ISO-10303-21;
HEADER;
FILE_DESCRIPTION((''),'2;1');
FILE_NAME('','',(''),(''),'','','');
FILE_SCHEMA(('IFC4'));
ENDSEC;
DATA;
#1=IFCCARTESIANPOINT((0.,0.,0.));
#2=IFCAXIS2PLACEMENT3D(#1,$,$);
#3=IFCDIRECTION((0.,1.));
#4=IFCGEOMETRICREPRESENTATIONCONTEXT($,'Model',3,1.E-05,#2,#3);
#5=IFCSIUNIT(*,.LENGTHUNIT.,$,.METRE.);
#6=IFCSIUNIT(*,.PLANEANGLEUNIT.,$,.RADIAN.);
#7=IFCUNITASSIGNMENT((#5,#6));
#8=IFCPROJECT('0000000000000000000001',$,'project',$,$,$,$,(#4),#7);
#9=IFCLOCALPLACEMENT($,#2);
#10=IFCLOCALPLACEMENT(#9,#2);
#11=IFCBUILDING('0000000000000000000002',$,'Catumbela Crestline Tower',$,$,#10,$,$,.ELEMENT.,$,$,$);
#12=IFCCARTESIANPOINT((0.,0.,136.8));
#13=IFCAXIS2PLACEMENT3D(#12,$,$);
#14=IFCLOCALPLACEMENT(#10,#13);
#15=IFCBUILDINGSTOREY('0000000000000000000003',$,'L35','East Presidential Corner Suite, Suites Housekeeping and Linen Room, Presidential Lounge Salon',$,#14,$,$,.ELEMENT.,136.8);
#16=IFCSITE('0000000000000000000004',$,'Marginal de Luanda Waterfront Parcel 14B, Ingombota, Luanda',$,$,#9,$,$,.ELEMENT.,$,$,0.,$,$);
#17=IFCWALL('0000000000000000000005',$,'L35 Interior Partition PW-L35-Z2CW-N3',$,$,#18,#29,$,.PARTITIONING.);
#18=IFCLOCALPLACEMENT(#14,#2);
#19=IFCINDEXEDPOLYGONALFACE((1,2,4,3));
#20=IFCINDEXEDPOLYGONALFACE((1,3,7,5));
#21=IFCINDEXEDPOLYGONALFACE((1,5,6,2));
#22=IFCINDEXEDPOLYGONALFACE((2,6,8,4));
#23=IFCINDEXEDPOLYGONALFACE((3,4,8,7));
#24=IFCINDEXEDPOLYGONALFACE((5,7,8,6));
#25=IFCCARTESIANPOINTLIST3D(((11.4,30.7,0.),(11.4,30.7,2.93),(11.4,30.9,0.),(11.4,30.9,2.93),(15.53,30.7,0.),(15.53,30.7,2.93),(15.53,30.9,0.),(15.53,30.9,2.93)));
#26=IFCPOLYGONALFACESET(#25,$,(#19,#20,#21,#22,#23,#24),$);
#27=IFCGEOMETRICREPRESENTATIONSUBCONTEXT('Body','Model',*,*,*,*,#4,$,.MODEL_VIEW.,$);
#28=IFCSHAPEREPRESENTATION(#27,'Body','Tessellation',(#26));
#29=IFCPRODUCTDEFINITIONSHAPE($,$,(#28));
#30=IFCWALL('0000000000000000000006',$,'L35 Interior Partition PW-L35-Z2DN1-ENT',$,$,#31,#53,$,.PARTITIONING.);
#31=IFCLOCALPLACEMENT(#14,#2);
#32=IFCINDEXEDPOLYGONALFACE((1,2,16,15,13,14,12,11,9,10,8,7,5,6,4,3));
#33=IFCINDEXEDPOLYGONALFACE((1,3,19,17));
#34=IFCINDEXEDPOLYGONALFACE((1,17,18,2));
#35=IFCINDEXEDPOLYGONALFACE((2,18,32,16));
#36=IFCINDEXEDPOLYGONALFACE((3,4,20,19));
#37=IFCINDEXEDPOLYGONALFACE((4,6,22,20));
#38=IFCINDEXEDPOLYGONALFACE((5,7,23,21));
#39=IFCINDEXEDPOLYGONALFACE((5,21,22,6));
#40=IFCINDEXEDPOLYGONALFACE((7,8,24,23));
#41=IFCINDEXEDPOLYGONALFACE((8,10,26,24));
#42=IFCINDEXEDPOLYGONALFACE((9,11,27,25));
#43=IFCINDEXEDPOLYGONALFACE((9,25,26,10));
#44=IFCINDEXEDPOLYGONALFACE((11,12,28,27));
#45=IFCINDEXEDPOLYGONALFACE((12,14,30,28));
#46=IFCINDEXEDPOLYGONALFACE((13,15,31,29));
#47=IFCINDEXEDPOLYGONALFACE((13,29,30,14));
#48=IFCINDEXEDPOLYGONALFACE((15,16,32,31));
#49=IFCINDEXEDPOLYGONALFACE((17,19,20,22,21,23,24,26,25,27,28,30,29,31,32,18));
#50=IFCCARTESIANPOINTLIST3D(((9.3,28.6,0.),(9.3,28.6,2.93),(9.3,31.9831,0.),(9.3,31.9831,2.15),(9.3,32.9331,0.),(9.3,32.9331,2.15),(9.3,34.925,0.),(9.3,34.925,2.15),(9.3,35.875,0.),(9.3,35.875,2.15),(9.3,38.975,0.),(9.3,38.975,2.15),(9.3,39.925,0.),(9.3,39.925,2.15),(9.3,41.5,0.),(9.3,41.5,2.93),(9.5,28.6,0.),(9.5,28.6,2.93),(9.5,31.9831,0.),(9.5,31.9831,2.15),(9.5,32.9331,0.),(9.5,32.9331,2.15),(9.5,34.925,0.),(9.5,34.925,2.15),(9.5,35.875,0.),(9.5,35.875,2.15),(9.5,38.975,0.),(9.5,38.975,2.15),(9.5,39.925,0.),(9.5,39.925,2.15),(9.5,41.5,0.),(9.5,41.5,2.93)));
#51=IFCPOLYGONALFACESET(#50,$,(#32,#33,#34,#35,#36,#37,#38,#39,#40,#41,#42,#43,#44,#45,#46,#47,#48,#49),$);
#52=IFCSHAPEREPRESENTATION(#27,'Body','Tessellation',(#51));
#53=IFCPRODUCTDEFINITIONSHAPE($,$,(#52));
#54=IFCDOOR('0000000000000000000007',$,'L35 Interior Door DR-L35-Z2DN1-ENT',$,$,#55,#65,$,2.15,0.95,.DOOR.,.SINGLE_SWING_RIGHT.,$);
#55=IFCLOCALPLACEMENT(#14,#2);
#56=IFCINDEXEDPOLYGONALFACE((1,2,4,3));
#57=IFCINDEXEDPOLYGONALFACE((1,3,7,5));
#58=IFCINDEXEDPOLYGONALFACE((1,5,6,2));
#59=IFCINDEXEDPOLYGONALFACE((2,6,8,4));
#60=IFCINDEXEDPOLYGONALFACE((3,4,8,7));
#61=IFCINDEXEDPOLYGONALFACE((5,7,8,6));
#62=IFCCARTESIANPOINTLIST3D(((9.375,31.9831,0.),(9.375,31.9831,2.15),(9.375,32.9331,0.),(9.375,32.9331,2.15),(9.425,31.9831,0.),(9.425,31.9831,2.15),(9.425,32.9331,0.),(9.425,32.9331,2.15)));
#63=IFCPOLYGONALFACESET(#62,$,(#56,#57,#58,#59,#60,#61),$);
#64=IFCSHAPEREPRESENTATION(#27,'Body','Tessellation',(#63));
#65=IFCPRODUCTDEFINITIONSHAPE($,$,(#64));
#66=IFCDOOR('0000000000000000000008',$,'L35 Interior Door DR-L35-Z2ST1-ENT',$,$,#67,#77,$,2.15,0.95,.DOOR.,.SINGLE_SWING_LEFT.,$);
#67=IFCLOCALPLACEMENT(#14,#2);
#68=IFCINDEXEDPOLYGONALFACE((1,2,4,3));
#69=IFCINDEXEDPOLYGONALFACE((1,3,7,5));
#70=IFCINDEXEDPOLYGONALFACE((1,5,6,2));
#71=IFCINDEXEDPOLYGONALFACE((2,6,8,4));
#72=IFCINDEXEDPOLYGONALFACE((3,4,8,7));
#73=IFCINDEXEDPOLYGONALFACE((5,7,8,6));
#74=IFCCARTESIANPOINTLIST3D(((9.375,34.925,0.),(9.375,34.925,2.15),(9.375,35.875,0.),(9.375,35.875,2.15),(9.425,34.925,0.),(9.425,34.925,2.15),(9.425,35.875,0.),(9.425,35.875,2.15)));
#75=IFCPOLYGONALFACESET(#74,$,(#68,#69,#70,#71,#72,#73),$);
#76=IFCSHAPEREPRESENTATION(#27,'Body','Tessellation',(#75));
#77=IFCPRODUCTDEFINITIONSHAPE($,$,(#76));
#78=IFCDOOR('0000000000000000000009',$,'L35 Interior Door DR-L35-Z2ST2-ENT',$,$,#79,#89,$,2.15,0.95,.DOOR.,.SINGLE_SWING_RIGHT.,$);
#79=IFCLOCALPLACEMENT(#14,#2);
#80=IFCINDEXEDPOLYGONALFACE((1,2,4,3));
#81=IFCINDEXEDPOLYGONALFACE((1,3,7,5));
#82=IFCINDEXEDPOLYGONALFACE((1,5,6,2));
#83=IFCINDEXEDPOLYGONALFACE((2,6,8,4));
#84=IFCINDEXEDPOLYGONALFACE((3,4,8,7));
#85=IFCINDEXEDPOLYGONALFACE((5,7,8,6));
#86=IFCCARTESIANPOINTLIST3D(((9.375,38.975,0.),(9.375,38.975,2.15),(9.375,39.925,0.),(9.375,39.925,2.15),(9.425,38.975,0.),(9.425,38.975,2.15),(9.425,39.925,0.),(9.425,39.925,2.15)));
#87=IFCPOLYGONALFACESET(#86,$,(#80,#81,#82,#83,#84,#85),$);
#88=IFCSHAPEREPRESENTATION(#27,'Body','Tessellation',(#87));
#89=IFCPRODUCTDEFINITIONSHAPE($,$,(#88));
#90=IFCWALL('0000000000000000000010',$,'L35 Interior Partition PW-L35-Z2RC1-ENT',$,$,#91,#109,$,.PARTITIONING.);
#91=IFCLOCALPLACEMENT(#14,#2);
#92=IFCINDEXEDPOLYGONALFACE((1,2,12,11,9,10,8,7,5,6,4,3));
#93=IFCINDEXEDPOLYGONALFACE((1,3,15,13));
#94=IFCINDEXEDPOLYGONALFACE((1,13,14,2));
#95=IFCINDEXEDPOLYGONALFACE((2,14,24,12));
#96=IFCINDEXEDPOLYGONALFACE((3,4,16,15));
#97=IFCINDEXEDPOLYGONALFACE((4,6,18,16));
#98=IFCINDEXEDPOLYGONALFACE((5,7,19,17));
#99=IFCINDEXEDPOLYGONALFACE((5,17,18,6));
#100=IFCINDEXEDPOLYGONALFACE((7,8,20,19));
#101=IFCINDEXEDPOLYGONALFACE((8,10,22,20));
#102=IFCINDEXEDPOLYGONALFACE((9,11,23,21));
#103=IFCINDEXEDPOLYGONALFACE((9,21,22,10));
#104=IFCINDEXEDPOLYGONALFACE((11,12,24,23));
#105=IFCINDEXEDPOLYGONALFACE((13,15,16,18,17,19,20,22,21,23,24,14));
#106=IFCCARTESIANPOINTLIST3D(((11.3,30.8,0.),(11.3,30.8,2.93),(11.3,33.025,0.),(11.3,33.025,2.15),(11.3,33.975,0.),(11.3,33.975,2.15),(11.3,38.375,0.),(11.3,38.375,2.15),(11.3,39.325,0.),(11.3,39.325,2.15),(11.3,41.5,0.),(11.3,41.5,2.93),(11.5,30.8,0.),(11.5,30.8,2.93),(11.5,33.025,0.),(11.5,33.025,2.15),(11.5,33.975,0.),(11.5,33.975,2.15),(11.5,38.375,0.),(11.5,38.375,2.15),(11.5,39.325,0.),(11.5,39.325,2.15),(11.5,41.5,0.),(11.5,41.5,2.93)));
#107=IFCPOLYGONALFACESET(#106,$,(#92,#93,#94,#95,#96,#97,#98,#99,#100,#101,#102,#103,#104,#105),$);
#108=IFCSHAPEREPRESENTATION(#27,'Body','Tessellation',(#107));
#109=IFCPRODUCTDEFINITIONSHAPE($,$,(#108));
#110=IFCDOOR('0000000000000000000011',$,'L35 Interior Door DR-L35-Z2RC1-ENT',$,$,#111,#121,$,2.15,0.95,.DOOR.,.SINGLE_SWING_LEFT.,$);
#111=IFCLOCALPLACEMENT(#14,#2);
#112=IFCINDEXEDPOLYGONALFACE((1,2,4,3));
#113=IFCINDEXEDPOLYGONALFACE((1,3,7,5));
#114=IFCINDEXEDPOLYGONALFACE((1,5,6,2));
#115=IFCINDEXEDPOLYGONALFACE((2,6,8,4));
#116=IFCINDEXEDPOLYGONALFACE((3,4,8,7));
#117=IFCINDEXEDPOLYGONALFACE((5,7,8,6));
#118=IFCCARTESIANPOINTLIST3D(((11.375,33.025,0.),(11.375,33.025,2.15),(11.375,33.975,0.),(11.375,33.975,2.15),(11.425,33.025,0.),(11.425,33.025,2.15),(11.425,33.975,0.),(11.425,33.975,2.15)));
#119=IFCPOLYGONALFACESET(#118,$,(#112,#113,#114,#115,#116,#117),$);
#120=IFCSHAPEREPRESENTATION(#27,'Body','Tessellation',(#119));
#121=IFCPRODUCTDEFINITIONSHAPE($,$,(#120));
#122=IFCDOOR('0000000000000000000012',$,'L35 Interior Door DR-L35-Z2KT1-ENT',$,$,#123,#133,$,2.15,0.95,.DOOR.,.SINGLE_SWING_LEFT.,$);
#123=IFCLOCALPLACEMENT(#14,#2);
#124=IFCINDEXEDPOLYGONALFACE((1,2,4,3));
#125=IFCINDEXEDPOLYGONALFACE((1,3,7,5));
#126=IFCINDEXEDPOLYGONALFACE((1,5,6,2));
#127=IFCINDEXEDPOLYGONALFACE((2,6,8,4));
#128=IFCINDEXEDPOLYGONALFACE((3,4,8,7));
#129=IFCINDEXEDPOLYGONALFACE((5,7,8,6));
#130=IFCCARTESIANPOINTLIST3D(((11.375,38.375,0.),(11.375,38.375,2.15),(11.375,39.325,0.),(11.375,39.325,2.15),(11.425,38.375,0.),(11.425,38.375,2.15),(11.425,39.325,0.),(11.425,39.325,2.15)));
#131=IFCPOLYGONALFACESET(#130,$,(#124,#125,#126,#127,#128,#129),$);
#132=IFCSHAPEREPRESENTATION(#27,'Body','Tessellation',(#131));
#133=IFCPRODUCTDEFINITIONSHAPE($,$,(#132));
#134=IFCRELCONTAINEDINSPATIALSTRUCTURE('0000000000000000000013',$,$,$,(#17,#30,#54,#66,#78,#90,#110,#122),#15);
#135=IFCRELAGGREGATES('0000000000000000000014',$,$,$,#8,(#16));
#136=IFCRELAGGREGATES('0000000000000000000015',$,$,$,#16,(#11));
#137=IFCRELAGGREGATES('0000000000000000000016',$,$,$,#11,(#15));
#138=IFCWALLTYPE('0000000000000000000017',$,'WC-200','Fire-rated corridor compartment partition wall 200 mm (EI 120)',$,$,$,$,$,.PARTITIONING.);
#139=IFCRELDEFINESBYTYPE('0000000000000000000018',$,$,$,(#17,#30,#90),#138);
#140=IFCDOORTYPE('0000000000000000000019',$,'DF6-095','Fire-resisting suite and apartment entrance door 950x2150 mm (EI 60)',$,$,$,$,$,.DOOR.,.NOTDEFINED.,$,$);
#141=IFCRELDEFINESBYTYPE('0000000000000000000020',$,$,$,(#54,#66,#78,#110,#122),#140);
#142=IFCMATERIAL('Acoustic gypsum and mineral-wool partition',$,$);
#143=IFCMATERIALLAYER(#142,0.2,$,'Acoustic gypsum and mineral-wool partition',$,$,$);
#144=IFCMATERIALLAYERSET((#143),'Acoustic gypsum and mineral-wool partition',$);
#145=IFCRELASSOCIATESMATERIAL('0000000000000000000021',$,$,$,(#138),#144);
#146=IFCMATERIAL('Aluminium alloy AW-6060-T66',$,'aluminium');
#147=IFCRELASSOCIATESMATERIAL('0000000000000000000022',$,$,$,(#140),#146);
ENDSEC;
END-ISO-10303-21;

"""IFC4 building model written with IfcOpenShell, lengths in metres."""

from ifc_helpers import new_model, si_unit, direction, frame, frame_2d, origin, place, context, subcontext, project, spatial, rectangle, extrude, material, layer, layer_set, type_object, element, fill, save


model = new_model("IFC4")

# Units and contexts
model_context = context("Model", 3, precision=1e-05, world=origin(), true_north=direction((0.0, 1.0)))
body_context = subcontext(model_context, "Body", "Model", "MODEL_VIEW")
ifc_project = project(units=[si_unit("LENGTHUNIT", "METRE"), si_unit("PLANEANGLEUNIT", "RADIAN")], contexts=[model_context])

# Site, building, storey
site_placement = place(None, origin())
site = spatial("IfcSite", under=ifc_project, at=site_placement, Name="Marginal de Luanda Waterfront Parcel 14B, Ingombota, Luanda", CompositionType="ELEMENT", RefElevation=0.0)
building_placement = place(site_placement, origin())
building = spatial("IfcBuilding", under=site, at=building_placement, Name="Catumbela Crestline Tower", CompositionType="ELEMENT")
storey_placement = place(building_placement, frame((0.0, 0.0, 136.8)))
storey = spatial("IfcBuildingStorey", under=building, at=storey_placement, Name="L35", Description="East Presidential Corner Suite, Suites Housekeeping and Linen Room, Presidential Lounge Salon", CompositionType="ELEMENT", Elevation=136.8)

# Shared definitions
ifc_material_1 = material(Name="Acoustic gypsum and mineral-wool partition")
ifc_layer_1 = layer(ifc_material_1, 0.2, Name="Acoustic gypsum and mineral-wool partition")
ifc_layer_set_1 = layer_set([ifc_layer_1], Name="Acoustic gypsum and mineral-wool partition")
wall_type_1 = type_object("IfcWallType", Name="WC-200", Description="Fire-rated corridor compartment partition wall 200 mm (EI 120)", PredefinedType="PARTITIONING", material=ifc_layer_set_1)
ifc_material_2 = material(Name="Aluminium alloy AW-6060-T66", Category="aluminium")
door_type_1 = type_object("IfcDoorType", Name="DF6-095", Description="Fire-resisting suite and apartment entrance door 950x2150 mm (EI 60)", OperationType="NOTDEFINED", PredefinedType="DOOR", material=ifc_material_2)

# Wall
wall_1_placement = place(storey_placement, frame((11.4, 30.8, 0.0), z_axis=(0.0, 0.0, 1.0), x_axis=(1.0, 0.0, 0.0)))
element("IfcWall", 1, at=wall_1_placement, inside=storey, type_object=wall_type_1, Name="L35 Interior Partition PW-L35-Z2CW-N3", PredefinedType="PARTITIONING", context=body_context, shape_type="SweptSolid", body=[
    extrude(rectangle(XDim=4.13, YDim=0.2, at=frame_2d((2.065, 0.0))), origin(), (0.0, 0.0, 1.0), 2.93),
])

# Walls, openings, doors
wall_2_placement = place(storey_placement, frame((9.4, 28.6, 0.0), z_axis=(0.0, 0.0, 1.0), x_axis=(0.0, 1.0, 0.0)))
wall_2 = element("IfcWall", 2, at=wall_2_placement, inside=storey, type_object=wall_type_1, Name="L35 Interior Partition PW-L35-Z2DN1-ENT", PredefinedType="PARTITIONING", context=body_context, shape_type="SweptSolid", body=[
    extrude(rectangle(XDim=12.9, YDim=0.2, at=frame_2d((6.45, 0.0))), origin(), (0.0, 0.0, 1.0), 2.93),
])
opening_1_placement = place(wall_2_placement, frame((3.3831, 0.0, 0.0)))
opening_1 = element("IfcOpeningElement", 3, at=opening_1_placement, cuts=wall_2, PredefinedType="OPENING", context=body_context, shape_type="SweptSolid", body=[
    extrude(rectangle(XDim=0.95, YDim=2.15, at=frame_2d((0.475, 1.075))), frame((0.0, 0.11, 0.0), z_axis=(0.0, -1.0, 0.0), x_axis=(1.0, 0.0, 0.0)), (0.0, 0.0, 1.0), 0.22),
])
opening_2_placement = place(wall_2_placement, frame((6.325, 0.0, 0.0)))
opening_2 = element("IfcOpeningElement", 4, at=opening_2_placement, cuts=wall_2, PredefinedType="OPENING", context=body_context, shape_type="SweptSolid", body=[
    extrude(rectangle(XDim=0.95, YDim=2.15, at=frame_2d((0.475, 1.075))), frame((0.0, 0.11, 0.0), z_axis=(0.0, -1.0, 0.0), x_axis=(1.0, 0.0, 0.0)), (0.0, 0.0, 1.0), 0.22),
])
opening_3_placement = place(wall_2_placement, frame((10.375, 0.0, 0.0)))
opening_3 = element("IfcOpeningElement", 5, at=opening_3_placement, cuts=wall_2, PredefinedType="OPENING", context=body_context, shape_type="SweptSolid", body=[
    extrude(rectangle(XDim=0.95, YDim=2.15, at=frame_2d((0.475, 1.075))), frame((0.0, 0.11, 0.0), z_axis=(0.0, -1.0, 0.0), x_axis=(1.0, 0.0, 0.0)), (0.0, 0.0, 1.0), 0.22),
])
door_1_placement = place(opening_1_placement, origin())
door_1 = element("IfcDoor", 6, at=door_1_placement, inside=storey, type_object=door_type_1, Name="L35 Interior Door DR-L35-Z2DN1-ENT", OperationType="SINGLE_SWING_RIGHT", OverallHeight=2.15, OverallWidth=0.95, PredefinedType="DOOR", context=body_context, shape_type="SweptSolid", body=[
    extrude(rectangle(XDim=0.95, YDim=2.15, at=frame_2d((0.475, 1.075))), frame((0.0, 0.025, 0.0), z_axis=(0.0, -1.0, 0.0), x_axis=(1.0, 0.0, 0.0)), (0.0, 0.0, 1.0), 0.05),
])
fill(opening_1, door_1)
door_2_placement = place(opening_2_placement, origin())
door_2 = element("IfcDoor", 7, at=door_2_placement, inside=storey, type_object=door_type_1, Name="L35 Interior Door DR-L35-Z2ST1-ENT", OperationType="SINGLE_SWING_LEFT", OverallHeight=2.15, OverallWidth=0.95, PredefinedType="DOOR", context=body_context, shape_type="SweptSolid", body=[
    extrude(rectangle(XDim=0.95, YDim=2.15, at=frame_2d((0.475, 1.075))), frame((0.0, 0.025, 0.0), z_axis=(0.0, -1.0, 0.0), x_axis=(1.0, 0.0, 0.0)), (0.0, 0.0, 1.0), 0.05),
])
fill(opening_2, door_2)
door_3_placement = place(opening_3_placement, origin())
door_3 = element("IfcDoor", 8, at=door_3_placement, inside=storey, type_object=door_type_1, Name="L35 Interior Door DR-L35-Z2ST2-ENT", OperationType="SINGLE_SWING_RIGHT", OverallHeight=2.15, OverallWidth=0.95, PredefinedType="DOOR", context=body_context, shape_type="SweptSolid", body=[
    extrude(rectangle(XDim=0.95, YDim=2.15, at=frame_2d((0.475, 1.075))), frame((0.0, 0.025, 0.0), z_axis=(0.0, -1.0, 0.0), x_axis=(1.0, 0.0, 0.0)), (0.0, 0.0, 1.0), 0.05),
])
fill(opening_3, door_3)
wall_3_placement = place(storey_placement, frame((11.4, 30.8, 0.0), z_axis=(0.0, 0.0, 1.0), x_axis=(0.0, 1.0, 0.0)))
wall_3 = element("IfcWall", 9, at=wall_3_placement, inside=storey, type_object=wall_type_1, Name="L35 Interior Partition PW-L35-Z2RC1-ENT", PredefinedType="PARTITIONING", context=body_context, shape_type="SweptSolid", body=[
    extrude(rectangle(XDim=10.7, YDim=0.2, at=frame_2d((5.35, 0.0))), origin(), (0.0, 0.0, 1.0), 2.93),
])
opening_4_placement = place(wall_3_placement, frame((2.225, 0.0, 0.0)))
opening_4 = element("IfcOpeningElement", 10, at=opening_4_placement, cuts=wall_3, PredefinedType="OPENING", context=body_context, shape_type="SweptSolid", body=[
    extrude(rectangle(XDim=0.95, YDim=2.15, at=frame_2d((0.475, 1.075))), frame((0.0, 0.11, 0.0), z_axis=(0.0, -1.0, 0.0), x_axis=(1.0, 0.0, 0.0)), (0.0, 0.0, 1.0), 0.22),
])
opening_5_placement = place(wall_3_placement, frame((7.575, 0.0, 0.0)))
opening_5 = element("IfcOpeningElement", 11, at=opening_5_placement, cuts=wall_3, PredefinedType="OPENING", context=body_context, shape_type="SweptSolid", body=[
    extrude(rectangle(XDim=0.95, YDim=2.15, at=frame_2d((0.475, 1.075))), frame((0.0, 0.11, 0.0), z_axis=(0.0, -1.0, 0.0), x_axis=(1.0, 0.0, 0.0)), (0.0, 0.0, 1.0), 0.22),
])
door_4_placement = place(opening_4_placement, origin())
door_4 = element("IfcDoor", 12, at=door_4_placement, inside=storey, type_object=door_type_1, Name="L35 Interior Door DR-L35-Z2RC1-ENT", OperationType="SINGLE_SWING_LEFT", OverallHeight=2.15, OverallWidth=0.95, PredefinedType="DOOR", context=body_context, shape_type="SweptSolid", body=[
    extrude(rectangle(XDim=0.95, YDim=2.15, at=frame_2d((0.475, 1.075))), frame((0.0, 0.025, 0.0), z_axis=(0.0, -1.0, 0.0), x_axis=(1.0, 0.0, 0.0)), (0.0, 0.0, 1.0), 0.05),
])
fill(opening_4, door_4)
door_5_placement = place(opening_5_placement, origin())
door_5 = element("IfcDoor", 13, at=door_5_placement, inside=storey, type_object=door_type_1, Name="L35 Interior Door DR-L35-Z2KT1-ENT", OperationType="SINGLE_SWING_LEFT", OverallHeight=2.15, OverallWidth=0.95, PredefinedType="DOOR", context=body_context, shape_type="SweptSolid", body=[
    extrude(rectangle(XDim=0.95, YDim=2.15, at=frame_2d((0.475, 1.075))), frame((0.0, 0.025, 0.0), z_axis=(0.0, -1.0, 0.0), x_axis=(1.0, 0.0, 0.0)), (0.0, 0.0, 1.0), 0.05),
])
fill(opening_5, door_5)

save(model, "model.ifc")
